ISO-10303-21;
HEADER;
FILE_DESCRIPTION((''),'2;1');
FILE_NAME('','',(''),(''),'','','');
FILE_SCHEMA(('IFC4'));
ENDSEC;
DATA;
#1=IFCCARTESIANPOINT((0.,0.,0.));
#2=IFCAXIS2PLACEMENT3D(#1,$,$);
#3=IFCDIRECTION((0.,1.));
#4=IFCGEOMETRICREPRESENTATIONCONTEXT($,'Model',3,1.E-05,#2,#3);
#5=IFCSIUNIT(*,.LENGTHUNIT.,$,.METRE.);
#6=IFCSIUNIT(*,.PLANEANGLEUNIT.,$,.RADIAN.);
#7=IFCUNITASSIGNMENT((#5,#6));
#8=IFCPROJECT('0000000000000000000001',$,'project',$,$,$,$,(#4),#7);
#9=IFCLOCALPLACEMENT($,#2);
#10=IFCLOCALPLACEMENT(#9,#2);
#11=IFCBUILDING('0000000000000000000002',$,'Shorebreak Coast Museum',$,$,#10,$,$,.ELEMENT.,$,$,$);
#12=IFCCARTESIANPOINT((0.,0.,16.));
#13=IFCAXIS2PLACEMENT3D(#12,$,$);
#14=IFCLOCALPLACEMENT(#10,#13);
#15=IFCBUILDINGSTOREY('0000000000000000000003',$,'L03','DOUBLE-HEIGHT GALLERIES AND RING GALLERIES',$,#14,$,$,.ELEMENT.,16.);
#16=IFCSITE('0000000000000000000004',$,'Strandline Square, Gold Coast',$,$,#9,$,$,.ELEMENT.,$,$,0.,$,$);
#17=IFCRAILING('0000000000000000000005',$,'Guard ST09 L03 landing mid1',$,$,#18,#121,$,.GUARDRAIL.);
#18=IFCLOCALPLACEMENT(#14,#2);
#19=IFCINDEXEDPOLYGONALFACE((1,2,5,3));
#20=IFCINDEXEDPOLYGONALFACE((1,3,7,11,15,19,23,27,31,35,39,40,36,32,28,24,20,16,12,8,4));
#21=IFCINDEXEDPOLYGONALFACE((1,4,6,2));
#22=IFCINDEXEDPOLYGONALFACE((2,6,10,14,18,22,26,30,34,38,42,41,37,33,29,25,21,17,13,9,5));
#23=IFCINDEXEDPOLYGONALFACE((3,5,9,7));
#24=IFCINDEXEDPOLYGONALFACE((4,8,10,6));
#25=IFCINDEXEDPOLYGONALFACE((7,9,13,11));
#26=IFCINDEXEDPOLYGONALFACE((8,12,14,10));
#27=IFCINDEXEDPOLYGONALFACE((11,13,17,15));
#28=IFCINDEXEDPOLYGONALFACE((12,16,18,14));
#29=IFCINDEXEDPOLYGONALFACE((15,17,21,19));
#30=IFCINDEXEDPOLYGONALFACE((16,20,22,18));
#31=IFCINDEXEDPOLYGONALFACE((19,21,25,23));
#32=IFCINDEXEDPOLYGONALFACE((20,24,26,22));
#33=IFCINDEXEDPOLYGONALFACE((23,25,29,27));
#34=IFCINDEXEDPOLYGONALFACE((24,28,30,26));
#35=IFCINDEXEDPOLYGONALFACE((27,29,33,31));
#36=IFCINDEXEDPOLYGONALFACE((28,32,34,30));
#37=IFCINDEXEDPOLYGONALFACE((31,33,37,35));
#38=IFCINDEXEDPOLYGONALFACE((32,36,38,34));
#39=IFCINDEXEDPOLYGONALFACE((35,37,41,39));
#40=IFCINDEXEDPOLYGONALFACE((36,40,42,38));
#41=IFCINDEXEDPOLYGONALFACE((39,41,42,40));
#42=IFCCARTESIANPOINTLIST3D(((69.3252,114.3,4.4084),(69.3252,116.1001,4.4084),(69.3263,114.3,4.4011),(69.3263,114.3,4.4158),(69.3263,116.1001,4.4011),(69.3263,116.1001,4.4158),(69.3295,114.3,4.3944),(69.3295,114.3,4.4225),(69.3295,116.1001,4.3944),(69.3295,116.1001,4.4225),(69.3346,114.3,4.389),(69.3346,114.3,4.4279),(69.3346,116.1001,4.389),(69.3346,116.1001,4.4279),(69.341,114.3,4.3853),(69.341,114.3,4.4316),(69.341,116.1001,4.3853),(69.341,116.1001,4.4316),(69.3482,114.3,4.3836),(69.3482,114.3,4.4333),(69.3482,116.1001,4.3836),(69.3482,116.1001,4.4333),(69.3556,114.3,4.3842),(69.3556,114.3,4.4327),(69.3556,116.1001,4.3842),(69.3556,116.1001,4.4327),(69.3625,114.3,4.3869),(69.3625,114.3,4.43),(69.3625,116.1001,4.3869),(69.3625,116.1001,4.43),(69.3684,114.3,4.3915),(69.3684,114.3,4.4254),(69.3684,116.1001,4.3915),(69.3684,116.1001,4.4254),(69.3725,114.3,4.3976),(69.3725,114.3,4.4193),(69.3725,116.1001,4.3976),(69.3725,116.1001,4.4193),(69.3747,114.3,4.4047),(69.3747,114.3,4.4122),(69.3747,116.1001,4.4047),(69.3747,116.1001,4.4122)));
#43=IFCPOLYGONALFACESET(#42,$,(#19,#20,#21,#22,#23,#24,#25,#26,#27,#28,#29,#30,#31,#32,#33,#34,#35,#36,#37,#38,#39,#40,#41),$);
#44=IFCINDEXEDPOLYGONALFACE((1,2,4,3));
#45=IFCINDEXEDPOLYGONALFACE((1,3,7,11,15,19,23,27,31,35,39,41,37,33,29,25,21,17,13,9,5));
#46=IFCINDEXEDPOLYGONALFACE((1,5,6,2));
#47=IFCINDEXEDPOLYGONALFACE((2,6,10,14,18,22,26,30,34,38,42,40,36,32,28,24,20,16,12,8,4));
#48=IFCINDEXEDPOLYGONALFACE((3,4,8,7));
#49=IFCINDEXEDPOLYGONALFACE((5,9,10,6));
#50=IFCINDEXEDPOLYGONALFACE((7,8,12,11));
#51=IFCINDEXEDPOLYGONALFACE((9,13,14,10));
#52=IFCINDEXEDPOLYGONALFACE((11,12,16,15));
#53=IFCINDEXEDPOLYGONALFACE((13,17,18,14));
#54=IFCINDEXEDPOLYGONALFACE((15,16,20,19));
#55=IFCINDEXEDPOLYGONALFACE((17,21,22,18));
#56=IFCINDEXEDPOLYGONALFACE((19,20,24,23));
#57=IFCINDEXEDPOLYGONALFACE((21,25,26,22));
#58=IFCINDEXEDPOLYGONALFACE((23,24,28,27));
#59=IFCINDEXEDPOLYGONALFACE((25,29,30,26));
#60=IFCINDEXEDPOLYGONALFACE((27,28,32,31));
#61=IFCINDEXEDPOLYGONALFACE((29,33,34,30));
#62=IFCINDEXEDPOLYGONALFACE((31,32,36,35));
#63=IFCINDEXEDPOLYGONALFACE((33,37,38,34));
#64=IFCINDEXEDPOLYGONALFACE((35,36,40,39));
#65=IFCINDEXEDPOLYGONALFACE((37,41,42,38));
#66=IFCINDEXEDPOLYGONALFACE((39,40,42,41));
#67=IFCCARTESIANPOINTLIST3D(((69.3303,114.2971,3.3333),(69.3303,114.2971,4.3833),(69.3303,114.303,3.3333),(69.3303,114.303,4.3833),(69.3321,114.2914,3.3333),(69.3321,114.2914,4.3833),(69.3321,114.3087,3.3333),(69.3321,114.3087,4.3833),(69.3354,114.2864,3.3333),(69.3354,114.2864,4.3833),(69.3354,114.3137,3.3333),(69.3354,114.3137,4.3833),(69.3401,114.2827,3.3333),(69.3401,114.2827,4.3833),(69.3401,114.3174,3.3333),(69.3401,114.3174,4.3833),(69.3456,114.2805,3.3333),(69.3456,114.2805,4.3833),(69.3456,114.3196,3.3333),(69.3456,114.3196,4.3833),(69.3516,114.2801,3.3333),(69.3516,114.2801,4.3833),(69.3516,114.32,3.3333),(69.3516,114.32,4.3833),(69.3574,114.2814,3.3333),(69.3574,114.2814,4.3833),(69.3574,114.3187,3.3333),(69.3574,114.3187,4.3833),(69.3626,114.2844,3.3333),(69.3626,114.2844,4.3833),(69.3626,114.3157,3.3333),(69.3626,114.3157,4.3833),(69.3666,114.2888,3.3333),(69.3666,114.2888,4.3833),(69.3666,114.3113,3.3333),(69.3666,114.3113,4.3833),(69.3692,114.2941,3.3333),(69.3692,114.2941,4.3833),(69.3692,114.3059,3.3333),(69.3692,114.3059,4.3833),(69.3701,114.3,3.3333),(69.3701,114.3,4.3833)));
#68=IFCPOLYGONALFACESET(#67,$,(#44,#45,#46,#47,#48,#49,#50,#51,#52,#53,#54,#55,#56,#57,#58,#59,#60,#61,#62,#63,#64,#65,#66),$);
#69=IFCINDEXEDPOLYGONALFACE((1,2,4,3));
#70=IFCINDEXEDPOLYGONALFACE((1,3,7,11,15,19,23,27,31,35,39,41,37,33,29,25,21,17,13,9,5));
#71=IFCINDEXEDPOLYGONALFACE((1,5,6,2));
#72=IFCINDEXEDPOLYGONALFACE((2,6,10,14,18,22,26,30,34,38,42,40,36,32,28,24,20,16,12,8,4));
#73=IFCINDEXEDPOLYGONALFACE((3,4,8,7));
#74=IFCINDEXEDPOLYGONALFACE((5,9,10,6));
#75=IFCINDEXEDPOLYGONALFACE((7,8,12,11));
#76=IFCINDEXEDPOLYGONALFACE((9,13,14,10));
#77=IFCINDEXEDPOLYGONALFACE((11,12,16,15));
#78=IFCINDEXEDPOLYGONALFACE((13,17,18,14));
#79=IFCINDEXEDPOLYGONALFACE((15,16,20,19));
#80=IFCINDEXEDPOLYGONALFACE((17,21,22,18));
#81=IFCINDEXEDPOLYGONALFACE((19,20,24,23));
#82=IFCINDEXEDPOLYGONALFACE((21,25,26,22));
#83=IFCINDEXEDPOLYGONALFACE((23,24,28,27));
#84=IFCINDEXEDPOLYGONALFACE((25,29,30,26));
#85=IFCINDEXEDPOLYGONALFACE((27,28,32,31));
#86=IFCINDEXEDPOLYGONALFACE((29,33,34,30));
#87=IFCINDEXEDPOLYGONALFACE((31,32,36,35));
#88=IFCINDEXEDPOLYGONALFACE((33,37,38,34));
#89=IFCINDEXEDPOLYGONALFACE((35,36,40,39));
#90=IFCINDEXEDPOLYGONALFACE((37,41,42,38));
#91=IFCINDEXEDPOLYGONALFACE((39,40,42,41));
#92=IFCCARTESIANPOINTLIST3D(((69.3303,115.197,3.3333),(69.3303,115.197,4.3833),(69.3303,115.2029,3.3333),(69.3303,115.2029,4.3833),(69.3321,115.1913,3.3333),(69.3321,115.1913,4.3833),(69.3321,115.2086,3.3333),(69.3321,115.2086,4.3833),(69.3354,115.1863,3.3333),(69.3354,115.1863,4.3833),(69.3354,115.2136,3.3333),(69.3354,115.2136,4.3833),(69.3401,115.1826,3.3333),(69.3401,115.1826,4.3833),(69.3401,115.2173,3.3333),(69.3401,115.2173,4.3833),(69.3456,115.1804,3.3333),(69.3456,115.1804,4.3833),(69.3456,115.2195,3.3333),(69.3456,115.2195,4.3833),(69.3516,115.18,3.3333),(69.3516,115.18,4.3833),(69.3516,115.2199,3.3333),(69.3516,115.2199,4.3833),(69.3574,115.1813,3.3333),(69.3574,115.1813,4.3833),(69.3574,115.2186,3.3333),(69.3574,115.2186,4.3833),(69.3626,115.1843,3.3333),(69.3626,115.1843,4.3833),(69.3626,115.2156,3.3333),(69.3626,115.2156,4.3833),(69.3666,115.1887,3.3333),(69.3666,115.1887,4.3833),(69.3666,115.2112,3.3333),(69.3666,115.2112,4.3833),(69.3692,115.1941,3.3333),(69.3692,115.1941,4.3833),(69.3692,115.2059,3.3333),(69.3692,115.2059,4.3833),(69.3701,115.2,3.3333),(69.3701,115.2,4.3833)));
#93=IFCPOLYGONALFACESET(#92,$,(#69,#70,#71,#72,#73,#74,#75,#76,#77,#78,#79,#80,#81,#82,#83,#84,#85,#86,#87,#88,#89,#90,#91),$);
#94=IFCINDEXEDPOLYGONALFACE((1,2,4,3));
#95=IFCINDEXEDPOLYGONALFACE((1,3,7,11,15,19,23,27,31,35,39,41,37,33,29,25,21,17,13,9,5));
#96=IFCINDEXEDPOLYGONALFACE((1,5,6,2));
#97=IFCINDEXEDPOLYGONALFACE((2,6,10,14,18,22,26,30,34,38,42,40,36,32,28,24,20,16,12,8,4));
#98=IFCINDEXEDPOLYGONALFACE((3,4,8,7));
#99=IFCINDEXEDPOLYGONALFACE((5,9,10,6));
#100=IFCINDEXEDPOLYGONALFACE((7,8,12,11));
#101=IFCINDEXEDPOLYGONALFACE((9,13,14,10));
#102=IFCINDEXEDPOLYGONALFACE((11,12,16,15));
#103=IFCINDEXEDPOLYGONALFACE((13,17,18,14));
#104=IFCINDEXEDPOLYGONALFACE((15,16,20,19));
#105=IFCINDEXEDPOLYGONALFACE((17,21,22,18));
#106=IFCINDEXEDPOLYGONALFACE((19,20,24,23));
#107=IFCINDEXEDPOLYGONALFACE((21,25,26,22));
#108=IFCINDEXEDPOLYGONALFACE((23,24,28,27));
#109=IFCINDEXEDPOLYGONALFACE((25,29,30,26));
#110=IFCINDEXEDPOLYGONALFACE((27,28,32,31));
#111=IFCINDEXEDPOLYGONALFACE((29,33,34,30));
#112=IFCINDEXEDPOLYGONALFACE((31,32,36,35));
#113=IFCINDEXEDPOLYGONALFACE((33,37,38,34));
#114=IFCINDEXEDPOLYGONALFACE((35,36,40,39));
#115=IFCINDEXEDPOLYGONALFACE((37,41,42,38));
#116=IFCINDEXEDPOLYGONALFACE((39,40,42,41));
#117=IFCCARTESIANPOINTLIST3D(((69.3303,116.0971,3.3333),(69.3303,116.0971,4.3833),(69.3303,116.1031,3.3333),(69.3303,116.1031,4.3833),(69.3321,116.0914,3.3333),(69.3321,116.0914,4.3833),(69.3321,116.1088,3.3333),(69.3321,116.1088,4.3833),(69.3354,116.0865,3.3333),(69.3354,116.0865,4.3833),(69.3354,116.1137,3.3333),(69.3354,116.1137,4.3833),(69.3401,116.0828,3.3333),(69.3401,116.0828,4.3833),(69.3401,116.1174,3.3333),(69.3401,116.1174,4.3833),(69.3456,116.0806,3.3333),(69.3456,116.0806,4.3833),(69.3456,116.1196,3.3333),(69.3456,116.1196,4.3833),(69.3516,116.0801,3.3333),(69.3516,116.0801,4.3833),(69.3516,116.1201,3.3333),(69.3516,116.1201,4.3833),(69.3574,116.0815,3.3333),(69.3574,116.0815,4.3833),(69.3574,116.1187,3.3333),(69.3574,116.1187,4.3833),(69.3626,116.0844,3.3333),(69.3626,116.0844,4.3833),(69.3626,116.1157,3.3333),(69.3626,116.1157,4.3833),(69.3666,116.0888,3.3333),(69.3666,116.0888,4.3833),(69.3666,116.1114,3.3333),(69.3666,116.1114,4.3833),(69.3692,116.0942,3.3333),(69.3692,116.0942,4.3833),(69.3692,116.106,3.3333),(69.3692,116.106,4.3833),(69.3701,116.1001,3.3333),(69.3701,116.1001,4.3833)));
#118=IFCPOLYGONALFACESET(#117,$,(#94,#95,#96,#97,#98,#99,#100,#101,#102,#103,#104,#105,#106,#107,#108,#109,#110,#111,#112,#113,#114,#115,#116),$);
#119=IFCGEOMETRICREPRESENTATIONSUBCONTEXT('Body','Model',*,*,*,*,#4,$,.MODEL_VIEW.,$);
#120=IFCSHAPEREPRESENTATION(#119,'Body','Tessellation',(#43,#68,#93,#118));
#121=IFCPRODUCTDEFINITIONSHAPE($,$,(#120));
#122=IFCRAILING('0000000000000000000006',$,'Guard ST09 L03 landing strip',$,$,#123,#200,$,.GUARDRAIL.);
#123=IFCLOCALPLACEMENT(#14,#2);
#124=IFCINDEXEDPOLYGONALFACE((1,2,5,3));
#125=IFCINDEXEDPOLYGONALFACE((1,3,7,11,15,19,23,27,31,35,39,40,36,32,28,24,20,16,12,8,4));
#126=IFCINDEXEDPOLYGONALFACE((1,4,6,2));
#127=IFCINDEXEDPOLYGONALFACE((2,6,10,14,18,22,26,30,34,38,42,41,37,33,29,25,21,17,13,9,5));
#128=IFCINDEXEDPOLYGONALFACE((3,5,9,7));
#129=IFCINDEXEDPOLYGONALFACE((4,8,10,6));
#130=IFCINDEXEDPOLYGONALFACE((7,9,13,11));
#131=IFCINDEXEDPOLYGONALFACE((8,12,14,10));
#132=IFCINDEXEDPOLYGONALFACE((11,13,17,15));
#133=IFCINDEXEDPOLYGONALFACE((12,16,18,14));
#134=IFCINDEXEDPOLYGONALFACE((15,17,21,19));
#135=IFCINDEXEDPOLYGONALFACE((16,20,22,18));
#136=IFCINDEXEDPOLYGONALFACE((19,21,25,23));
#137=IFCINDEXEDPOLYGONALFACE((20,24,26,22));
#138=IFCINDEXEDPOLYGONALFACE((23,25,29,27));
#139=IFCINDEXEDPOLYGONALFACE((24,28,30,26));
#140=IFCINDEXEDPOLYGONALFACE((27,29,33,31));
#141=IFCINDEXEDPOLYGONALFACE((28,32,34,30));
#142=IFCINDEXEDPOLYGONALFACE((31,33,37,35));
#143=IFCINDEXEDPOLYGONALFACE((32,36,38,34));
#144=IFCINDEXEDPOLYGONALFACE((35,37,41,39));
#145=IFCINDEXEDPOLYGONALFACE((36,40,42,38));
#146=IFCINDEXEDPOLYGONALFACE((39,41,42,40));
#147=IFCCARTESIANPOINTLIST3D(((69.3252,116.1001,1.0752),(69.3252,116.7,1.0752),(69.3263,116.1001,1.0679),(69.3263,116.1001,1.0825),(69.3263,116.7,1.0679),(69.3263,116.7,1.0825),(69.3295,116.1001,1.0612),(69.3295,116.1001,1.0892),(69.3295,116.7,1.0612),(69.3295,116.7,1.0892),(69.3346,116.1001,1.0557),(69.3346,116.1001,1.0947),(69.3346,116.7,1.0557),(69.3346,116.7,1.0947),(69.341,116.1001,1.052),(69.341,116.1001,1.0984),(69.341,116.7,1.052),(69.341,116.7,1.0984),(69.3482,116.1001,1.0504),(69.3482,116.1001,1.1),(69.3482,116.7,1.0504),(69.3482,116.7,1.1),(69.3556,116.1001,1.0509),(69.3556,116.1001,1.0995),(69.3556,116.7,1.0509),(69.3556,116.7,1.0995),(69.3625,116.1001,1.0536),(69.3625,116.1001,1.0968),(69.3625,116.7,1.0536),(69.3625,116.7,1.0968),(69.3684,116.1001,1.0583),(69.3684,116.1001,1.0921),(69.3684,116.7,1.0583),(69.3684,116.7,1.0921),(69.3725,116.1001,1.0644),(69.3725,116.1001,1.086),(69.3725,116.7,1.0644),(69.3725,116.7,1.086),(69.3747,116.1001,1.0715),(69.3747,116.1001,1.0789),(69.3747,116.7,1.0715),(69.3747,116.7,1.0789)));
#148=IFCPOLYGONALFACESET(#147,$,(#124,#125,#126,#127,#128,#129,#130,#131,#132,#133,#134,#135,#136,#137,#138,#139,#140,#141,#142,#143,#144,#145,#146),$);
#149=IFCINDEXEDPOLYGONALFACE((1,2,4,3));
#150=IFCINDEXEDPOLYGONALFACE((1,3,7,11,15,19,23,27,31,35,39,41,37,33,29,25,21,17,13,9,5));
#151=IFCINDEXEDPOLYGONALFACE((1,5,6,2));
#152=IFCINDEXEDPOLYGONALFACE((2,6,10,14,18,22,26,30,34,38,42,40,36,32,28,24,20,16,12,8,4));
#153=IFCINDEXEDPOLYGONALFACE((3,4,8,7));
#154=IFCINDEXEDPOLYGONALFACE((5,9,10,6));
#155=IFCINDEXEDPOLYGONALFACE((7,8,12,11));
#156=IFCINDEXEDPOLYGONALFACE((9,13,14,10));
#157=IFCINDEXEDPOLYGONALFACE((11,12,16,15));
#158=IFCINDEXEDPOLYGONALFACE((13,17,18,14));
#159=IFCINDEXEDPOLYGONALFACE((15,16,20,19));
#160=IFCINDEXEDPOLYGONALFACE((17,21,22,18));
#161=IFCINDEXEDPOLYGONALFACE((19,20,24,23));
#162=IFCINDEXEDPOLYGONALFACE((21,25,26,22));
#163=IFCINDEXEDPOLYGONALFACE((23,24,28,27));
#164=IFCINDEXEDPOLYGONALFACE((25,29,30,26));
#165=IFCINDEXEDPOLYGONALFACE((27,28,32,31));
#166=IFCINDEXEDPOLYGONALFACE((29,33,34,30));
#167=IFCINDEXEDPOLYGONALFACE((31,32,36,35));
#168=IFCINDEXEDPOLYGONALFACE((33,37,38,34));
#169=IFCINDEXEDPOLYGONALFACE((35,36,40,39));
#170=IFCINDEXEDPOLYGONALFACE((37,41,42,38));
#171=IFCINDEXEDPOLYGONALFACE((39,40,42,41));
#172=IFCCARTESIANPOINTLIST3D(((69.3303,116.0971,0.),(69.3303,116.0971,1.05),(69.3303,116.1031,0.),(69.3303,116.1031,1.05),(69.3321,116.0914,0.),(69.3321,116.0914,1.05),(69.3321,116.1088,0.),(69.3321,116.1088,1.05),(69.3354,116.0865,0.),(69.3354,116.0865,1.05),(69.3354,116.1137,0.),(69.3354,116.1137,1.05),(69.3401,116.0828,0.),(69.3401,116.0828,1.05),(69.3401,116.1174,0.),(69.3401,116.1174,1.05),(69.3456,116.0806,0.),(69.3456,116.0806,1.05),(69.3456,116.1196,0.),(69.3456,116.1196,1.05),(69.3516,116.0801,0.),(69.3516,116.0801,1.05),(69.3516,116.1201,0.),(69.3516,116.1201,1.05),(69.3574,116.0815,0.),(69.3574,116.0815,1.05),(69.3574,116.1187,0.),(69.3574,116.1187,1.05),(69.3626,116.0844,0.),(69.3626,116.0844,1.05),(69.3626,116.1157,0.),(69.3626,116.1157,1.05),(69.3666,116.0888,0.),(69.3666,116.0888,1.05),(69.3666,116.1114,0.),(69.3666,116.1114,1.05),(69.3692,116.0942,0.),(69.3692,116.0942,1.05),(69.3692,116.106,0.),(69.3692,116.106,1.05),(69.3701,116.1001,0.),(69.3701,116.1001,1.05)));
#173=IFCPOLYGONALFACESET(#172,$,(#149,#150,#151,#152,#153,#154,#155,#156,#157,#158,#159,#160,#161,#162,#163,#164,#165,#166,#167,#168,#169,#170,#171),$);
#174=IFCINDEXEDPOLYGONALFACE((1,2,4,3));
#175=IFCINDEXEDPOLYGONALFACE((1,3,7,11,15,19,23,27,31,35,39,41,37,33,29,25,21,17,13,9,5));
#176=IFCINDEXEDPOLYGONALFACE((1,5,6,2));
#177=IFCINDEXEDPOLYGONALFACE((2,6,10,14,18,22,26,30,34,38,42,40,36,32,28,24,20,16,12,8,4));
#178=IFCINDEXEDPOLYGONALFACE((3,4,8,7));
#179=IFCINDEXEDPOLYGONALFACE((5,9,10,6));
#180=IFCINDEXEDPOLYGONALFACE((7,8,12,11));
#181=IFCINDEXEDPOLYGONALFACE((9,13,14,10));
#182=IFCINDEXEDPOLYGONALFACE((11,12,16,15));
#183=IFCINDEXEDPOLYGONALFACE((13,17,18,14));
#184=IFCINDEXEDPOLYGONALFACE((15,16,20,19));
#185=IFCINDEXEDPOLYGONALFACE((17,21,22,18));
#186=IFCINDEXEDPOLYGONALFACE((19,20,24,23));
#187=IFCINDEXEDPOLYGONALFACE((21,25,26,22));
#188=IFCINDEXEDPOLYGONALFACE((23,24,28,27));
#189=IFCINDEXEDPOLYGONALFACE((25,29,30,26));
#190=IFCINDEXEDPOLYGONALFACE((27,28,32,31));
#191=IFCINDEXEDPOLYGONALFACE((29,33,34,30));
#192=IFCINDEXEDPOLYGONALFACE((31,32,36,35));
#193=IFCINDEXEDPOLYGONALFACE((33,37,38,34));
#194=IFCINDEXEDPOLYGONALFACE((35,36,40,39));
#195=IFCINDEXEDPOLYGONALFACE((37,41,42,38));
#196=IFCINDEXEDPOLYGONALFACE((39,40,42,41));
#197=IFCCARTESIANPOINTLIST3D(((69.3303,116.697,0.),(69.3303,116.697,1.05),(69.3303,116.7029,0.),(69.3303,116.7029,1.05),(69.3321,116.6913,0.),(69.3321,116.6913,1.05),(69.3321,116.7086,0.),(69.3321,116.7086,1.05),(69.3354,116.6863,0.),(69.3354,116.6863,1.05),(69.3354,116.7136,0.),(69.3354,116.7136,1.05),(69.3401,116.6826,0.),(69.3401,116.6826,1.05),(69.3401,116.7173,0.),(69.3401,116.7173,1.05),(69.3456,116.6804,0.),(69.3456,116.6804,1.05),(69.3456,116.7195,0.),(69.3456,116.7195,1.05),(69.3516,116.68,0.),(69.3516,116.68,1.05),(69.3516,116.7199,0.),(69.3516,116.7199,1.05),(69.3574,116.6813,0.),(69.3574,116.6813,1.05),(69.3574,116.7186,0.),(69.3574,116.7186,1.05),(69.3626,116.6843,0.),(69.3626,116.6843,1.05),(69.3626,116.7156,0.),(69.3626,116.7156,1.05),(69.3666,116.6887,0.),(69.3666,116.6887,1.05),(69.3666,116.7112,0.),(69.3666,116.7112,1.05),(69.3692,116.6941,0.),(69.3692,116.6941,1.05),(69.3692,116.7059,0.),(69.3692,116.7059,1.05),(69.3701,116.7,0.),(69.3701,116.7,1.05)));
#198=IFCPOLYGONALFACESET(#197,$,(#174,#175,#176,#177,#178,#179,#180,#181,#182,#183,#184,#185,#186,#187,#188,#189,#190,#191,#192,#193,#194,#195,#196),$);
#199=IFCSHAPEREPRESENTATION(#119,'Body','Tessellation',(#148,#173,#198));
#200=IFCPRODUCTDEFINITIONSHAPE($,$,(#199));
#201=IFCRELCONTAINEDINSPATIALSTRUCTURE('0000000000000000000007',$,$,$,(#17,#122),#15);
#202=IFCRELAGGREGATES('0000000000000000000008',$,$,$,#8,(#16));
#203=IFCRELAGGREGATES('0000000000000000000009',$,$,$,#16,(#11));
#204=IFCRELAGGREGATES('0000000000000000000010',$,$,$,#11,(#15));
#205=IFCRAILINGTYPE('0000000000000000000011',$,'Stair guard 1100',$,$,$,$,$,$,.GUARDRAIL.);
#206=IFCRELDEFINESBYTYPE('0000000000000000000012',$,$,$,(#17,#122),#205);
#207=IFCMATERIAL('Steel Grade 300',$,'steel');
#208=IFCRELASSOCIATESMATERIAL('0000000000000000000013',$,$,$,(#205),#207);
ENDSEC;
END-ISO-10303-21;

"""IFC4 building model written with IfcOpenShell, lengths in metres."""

from ifc_helpers import new_model, si_unit, direction, frame, origin, origin_2d, place, context, subcontext, project, spatial, circle, extrude, material, type_object, element, save


model = new_model("IFC4")

# Units and contexts
model_context = context("Model", 3, precision=1e-05, world=origin(), true_north=direction((0.0, 1.0)))
body_context = subcontext(model_context, "Body", "Model", "MODEL_VIEW")
ifc_project = project(units=[si_unit("LENGTHUNIT", "METRE"), si_unit("PLANEANGLEUNIT", "RADIAN")], contexts=[model_context])

# Site, building, storey
site_placement = place(None, origin())
site = spatial("IfcSite", under=ifc_project, at=site_placement, Name="Strandline Square, Gold Coast", CompositionType="ELEMENT", RefElevation=0.0)
building_placement = place(site_placement, origin())
building = spatial("IfcBuilding", under=site, at=building_placement, Name="Shorebreak Coast Museum", CompositionType="ELEMENT")
storey_placement = place(building_placement, frame((0.0, 0.0, 16.0)))
storey = spatial("IfcBuildingStorey", under=building, at=storey_placement, Name="L03", Description="DOUBLE-HEIGHT GALLERIES AND RING GALLERIES", CompositionType="ELEMENT", Elevation=16.0)

# Railings
ifc_material_1 = material(Name="Steel Grade 300", Category="steel")
railing_type = type_object("IfcRailingType", Name="Stair guard 1100", PredefinedType="GUARDRAIL", material=ifc_material_1)
railing_placement = place(storey_placement, frame((69.3501, 114.3, 3.3333)))
element("IfcRailing", 1, at=railing_placement, inside=storey, type_object=railing_type, Name="Guard ST09 L03 landing mid1", PredefinedType="GUARDRAIL", context=body_context, shape_type="SweptSolid", body=[
    extrude(circle(Radius=0.0249, at=origin_2d()), frame((0.0, 0.0, 1.0752), z_axis=(0.0, 1.0, 0.0), x_axis=(-1.0, 0.0, 0.0)), (0.0, 0.0, 1.0), 1.8),
    extrude(circle(Radius=0.02, at=origin_2d()), origin(), (0.0, 0.0, 1.0), 1.05),
    extrude(circle(Radius=0.02, at=origin_2d()), frame((0.0, 0.8999, 0.0)), (0.0, 0.0, 1.0), 1.05),
    extrude(circle(Radius=0.02, at=origin_2d()), frame((0.0, 1.8, 0.0)), (0.0, 0.0, 1.0), 1.05),
])
for number, where, name in (
    (2, (69.3501, 116.1001, 0.0), "Guard ST09 L03 landing strip"),
):
    element("IfcRailing", number, at=place(storey_placement, frame(where)), inside=storey, type_object=railing_type, Name=name, PredefinedType="GUARDRAIL", context=body_context, shape_type="SweptSolid", body=[
        extrude(circle(Radius=0.0249, at=origin_2d()), frame((0.0, 0.0, 1.0752), z_axis=(0.0, 1.0, 0.0), x_axis=(-1.0, 0.0, 0.0)), (0.0, 0.0, 1.0), 0.5999),
        extrude(circle(Radius=0.02, at=origin_2d()), origin(), (0.0, 0.0, 1.0), 1.05),
        extrude(circle(Radius=0.02, at=origin_2d()), frame((0.0, 0.5999, 0.0)), (0.0, 0.0, 1.0), 1.05),
    ])

save(model, "model.ifc")
